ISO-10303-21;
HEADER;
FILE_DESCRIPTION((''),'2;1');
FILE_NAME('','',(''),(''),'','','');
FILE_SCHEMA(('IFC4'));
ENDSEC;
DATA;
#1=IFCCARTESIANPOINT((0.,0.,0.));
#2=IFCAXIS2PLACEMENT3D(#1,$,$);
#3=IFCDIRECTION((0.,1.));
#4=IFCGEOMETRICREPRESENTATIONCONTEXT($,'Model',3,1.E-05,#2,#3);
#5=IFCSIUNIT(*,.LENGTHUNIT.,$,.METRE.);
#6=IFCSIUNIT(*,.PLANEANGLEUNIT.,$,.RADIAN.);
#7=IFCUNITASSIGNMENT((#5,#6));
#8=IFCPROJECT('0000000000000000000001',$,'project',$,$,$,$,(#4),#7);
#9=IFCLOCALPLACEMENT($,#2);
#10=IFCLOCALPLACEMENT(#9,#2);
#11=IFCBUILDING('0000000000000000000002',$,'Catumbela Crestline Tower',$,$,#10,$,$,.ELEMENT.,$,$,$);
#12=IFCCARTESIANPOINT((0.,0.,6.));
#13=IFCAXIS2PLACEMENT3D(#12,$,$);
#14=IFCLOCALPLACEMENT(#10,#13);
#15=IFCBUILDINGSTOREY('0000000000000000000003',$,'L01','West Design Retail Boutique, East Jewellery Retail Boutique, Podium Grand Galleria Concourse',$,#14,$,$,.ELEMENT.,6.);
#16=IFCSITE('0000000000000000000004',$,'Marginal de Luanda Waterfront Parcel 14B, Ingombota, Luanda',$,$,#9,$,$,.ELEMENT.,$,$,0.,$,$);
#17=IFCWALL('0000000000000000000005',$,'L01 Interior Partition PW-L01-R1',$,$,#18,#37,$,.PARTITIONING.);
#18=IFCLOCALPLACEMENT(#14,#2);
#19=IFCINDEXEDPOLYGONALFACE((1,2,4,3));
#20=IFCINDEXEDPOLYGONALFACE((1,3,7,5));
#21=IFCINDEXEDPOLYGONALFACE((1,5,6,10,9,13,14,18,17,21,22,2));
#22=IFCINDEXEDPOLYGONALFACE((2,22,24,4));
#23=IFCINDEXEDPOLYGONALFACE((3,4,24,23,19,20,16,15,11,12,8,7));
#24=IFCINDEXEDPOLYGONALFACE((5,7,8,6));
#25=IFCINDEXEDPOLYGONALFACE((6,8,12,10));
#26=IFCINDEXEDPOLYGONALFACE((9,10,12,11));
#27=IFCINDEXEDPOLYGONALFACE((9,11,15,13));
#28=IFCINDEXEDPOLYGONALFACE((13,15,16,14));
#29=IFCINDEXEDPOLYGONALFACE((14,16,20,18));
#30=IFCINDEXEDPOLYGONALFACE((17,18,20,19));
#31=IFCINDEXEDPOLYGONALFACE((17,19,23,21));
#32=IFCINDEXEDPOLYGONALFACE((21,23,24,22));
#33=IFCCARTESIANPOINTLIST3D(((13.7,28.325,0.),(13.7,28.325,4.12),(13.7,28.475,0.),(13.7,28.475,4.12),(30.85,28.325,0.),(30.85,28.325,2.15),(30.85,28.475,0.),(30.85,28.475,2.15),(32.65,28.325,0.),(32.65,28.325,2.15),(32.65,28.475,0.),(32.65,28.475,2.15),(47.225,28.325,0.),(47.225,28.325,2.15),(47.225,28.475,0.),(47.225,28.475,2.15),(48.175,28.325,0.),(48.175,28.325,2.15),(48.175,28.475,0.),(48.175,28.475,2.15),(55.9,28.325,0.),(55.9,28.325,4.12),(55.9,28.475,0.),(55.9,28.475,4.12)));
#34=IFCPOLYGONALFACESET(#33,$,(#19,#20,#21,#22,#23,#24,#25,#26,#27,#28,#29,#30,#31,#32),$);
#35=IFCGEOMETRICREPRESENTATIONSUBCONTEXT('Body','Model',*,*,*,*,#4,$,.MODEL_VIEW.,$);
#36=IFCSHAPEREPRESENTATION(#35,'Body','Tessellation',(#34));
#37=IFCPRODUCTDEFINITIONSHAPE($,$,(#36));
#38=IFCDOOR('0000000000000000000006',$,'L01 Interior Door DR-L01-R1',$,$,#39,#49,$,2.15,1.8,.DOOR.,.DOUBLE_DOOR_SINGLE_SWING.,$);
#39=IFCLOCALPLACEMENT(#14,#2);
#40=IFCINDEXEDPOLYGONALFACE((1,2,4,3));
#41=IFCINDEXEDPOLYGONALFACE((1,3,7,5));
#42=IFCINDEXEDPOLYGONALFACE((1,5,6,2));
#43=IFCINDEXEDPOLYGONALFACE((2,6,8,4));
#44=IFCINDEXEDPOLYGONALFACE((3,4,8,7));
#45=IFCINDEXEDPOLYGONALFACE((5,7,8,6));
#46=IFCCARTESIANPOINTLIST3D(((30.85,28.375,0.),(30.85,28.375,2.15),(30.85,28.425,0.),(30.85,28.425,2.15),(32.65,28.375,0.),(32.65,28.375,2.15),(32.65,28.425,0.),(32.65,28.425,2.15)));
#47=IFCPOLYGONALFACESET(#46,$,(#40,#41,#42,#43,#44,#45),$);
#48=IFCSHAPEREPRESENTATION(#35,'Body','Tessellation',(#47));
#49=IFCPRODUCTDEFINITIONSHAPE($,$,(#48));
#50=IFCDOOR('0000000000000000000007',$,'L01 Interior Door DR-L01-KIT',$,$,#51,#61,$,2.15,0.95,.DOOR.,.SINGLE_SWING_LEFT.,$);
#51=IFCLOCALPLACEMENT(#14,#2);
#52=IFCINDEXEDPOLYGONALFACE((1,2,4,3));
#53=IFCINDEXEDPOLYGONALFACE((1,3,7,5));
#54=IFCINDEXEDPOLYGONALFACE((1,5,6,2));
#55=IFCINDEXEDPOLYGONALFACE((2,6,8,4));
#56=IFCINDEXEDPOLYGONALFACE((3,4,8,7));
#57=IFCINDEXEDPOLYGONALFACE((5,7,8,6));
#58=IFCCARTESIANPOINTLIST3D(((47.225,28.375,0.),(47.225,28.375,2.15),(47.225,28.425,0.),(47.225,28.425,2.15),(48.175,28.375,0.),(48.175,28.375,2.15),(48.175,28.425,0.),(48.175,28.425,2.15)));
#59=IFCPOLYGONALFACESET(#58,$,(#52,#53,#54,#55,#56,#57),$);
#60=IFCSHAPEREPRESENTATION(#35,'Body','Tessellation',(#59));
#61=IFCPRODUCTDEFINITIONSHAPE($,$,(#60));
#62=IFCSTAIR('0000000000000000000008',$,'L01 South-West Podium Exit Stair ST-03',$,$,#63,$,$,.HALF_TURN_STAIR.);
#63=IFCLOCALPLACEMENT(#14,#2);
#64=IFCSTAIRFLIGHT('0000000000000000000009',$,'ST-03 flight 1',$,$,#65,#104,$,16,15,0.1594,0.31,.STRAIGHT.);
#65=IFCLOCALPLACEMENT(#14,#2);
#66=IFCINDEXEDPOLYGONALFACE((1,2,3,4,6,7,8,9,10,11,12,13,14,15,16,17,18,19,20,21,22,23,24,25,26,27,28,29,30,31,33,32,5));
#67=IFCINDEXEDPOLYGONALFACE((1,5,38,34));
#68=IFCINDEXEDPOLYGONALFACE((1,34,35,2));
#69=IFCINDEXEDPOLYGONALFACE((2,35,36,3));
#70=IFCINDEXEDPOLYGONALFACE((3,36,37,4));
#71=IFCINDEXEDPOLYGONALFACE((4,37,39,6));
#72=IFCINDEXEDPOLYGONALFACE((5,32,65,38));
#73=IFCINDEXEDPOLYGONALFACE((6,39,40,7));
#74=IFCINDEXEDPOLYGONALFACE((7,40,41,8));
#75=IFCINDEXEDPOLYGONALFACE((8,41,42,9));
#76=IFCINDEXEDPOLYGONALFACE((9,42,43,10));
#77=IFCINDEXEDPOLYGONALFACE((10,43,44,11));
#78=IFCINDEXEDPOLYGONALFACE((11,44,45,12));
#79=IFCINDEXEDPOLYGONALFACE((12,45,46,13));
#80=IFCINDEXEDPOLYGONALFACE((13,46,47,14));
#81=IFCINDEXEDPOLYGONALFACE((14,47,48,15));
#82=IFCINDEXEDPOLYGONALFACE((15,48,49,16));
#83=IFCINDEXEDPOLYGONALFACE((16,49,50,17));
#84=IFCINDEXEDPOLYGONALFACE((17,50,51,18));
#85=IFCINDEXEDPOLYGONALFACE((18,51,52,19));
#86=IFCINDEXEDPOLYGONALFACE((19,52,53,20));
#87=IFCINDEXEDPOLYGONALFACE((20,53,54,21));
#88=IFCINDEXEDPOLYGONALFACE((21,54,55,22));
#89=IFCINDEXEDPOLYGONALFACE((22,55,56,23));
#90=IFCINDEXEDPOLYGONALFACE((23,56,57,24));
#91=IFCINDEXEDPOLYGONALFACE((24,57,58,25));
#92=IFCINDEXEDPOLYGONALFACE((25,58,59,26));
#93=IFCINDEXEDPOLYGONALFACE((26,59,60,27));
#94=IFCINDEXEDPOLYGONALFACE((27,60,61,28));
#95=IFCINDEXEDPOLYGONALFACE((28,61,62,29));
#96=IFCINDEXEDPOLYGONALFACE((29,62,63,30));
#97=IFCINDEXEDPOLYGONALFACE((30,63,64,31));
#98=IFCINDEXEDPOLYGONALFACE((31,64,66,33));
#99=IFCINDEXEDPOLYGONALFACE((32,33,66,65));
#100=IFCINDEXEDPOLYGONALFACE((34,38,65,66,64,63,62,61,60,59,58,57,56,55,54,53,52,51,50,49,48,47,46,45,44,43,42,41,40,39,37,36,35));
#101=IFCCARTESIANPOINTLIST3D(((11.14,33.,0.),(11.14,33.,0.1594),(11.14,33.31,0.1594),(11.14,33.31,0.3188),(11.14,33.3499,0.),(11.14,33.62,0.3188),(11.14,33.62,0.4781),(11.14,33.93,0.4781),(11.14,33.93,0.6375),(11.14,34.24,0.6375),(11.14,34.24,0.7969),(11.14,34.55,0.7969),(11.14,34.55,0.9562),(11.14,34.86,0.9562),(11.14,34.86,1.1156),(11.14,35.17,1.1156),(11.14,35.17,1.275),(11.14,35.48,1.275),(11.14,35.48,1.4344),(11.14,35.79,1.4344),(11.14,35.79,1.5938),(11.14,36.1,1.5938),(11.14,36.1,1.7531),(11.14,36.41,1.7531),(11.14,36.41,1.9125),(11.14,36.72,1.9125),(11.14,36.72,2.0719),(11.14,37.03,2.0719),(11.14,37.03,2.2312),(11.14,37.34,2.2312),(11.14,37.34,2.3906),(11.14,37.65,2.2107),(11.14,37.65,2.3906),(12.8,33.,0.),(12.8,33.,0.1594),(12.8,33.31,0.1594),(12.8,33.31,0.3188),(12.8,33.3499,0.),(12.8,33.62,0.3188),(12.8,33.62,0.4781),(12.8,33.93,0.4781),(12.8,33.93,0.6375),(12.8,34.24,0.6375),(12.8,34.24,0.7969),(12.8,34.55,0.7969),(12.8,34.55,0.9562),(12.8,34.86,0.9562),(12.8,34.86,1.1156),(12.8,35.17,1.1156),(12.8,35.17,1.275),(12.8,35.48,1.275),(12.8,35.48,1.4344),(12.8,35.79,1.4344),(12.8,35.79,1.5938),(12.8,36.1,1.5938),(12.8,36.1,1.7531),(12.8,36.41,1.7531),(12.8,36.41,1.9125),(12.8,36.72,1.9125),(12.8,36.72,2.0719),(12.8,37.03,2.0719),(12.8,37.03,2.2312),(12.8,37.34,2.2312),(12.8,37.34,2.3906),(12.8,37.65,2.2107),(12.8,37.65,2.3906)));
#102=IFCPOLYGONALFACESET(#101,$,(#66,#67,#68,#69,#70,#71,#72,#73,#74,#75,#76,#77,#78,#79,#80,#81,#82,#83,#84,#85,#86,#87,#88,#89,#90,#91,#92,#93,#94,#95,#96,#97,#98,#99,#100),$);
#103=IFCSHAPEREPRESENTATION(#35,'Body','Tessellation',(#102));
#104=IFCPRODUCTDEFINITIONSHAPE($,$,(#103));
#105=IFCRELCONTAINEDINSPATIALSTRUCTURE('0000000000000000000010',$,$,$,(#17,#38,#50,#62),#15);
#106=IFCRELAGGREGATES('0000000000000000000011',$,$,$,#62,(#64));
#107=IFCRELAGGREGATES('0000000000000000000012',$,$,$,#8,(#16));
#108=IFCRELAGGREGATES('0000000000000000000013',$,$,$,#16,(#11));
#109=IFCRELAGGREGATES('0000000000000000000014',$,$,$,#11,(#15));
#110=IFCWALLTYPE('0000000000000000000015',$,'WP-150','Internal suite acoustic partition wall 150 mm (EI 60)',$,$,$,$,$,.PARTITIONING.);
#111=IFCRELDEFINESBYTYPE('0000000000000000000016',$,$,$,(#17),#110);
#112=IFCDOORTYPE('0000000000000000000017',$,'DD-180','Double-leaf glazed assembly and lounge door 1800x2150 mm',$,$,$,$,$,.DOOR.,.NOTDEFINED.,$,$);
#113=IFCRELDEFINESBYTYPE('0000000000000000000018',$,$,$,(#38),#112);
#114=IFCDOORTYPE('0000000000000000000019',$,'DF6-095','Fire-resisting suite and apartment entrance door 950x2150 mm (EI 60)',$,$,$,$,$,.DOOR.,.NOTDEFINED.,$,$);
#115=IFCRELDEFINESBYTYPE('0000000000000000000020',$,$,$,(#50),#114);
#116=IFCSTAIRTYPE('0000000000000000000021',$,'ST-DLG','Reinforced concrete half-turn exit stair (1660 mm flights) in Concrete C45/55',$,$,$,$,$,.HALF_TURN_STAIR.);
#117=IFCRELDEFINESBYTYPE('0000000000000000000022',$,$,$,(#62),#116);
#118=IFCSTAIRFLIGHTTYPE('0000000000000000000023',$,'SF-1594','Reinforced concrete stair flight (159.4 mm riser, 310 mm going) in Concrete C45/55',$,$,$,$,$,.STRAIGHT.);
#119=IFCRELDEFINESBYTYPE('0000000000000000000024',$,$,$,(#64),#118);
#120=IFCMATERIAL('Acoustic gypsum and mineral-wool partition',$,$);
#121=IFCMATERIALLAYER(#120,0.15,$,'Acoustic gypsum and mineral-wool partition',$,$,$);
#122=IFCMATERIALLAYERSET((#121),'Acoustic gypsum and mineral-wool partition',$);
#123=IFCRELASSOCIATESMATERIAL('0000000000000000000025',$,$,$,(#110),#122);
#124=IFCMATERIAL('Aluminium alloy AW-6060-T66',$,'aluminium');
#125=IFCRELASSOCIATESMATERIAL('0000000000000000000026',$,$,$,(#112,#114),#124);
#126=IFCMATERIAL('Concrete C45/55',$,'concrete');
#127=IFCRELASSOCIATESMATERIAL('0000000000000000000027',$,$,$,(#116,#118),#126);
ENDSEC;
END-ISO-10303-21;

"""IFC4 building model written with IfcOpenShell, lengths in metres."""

from ifc_helpers import new_model, si_unit, direction, frame, frame_2d, origin, place, context, subcontext, project, spatial, polyline, rectangle, outline, extrude, material, layer, layer_set, type_object, element, fill, aggregate, save


model = new_model("IFC4")

# Units and contexts
model_context = context("Model", 3, precision=1e-05, world=origin(), true_north=direction((0.0, 1.0)))
body_context = subcontext(model_context, "Body", "Model", "MODEL_VIEW")
ifc_project = project(units=[si_unit("LENGTHUNIT", "METRE"), si_unit("PLANEANGLEUNIT", "RADIAN")], contexts=[model_context])

# Site, building, storey
site_placement = place(None, origin())
site = spatial("IfcSite", under=ifc_project, at=site_placement, Name="Marginal de Luanda Waterfront Parcel 14B, Ingombota, Luanda", CompositionType="ELEMENT", RefElevation=0.0)
building_placement = place(site_placement, origin())
building = spatial("IfcBuilding", under=site, at=building_placement, Name="Catumbela Crestline Tower", CompositionType="ELEMENT")
storey_placement = place(building_placement, frame((0.0, 0.0, 6.0)))
storey = spatial("IfcBuildingStorey", under=building, at=storey_placement, Name="L01", Description="West Design Retail Boutique, East Jewellery Retail Boutique, Podium Grand Galleria Concourse", CompositionType="ELEMENT", Elevation=6.0)

# Wall, openings, doors
ifc_material_1 = material(Name="Acoustic gypsum and mineral-wool partition")
ifc_layer_1 = layer(ifc_material_1, 0.15, Name="Acoustic gypsum and mineral-wool partition")
ifc_layer_set_1 = layer_set([ifc_layer_1], Name="Acoustic gypsum and mineral-wool partition")
wall_type_1 = type_object("IfcWallType", Name="WP-150", Description="Internal suite acoustic partition wall 150 mm (EI 60)", PredefinedType="PARTITIONING", material=ifc_layer_set_1)
wall_1_placement = place(storey_placement, frame((13.7, 28.4, 0.0), z_axis=(0.0, 0.0, 1.0), x_axis=(1.0, 0.0, 0.0)))
wall_1 = element("IfcWall", 1, at=wall_1_placement, inside=storey, type_object=wall_type_1, Name="L01 Interior Partition PW-L01-R1", PredefinedType="PARTITIONING", context=body_context, shape_type="SweptSolid", body=[
    extrude(rectangle(XDim=42.2, YDim=0.15, at=frame_2d((21.1, 0.0))), origin(), (0.0, 0.0, 1.0), 4.12),
])
opening_1_placement = place(wall_1_placement, frame((17.15, 0.0, 0.0)))
opening_1 = element("IfcOpeningElement", 2, at=opening_1_placement, cuts=wall_1, PredefinedType="OPENING", context=body_context, shape_type="SweptSolid", body=[
    extrude(rectangle(XDim=1.8, YDim=2.15, at=frame_2d((0.9, 1.075))), frame((0.0, 0.085, 0.0), z_axis=(0.0, -1.0, 0.0), x_axis=(1.0, 0.0, 0.0)), (0.0, 0.0, 1.0), 0.17),
])
opening_2_placement = place(wall_1_placement, frame((33.525, 0.0, 0.0)))
opening_2 = element("IfcOpeningElement", 3, at=opening_2_placement, cuts=wall_1, PredefinedType="OPENING", context=body_context, shape_type="SweptSolid", body=[
    extrude(rectangle(XDim=0.95, YDim=2.15, at=frame_2d((0.475, 1.075))), frame((0.0, 0.085, 0.0), z_axis=(0.0, -1.0, 0.0), x_axis=(1.0, 0.0, 0.0)), (0.0, 0.0, 1.0), 0.17),
])
ifc_material_2 = material(Name="Aluminium alloy AW-6060-T66", Category="aluminium")
door_type_1 = type_object("IfcDoorType", Name="DD-180", Description="Double-leaf glazed assembly and lounge door 1800x2150 mm", OperationType="NOTDEFINED", PredefinedType="DOOR", material=ifc_material_2)
door_1_placement = place(opening_1_placement, origin())
door_1 = element("IfcDoor", 4, at=door_1_placement, inside=storey, type_object=door_type_1, Name="L01 Interior Door DR-L01-R1", OperationType="DOUBLE_DOOR_SINGLE_SWING", OverallHeight=2.15, OverallWidth=1.8, PredefinedType="DOOR", context=body_context, shape_type="SweptSolid", body=[
    extrude(rectangle(XDim=1.8, YDim=2.15, at=frame_2d((0.9, 1.075))), frame((0.0, 0.025, 0.0), z_axis=(0.0, -1.0, 0.0), x_axis=(1.0, 0.0, 0.0)), (0.0, 0.0, 1.0), 0.05),
])
fill(opening_1, door_1)
door_type_2 = type_object("IfcDoorType", Name="DF6-095", Description="Fire-resisting suite and apartment entrance door 950x2150 mm (EI 60)", OperationType="NOTDEFINED", PredefinedType="DOOR", material=ifc_material_2)
door_2_placement = place(opening_2_placement, origin())
door_2 = element("IfcDoor", 5, at=door_2_placement, inside=storey, type_object=door_type_2, Name="L01 Interior Door DR-L01-KIT", OperationType="SINGLE_SWING_LEFT", OverallHeight=2.15, OverallWidth=0.95, PredefinedType="DOOR", context=body_context, shape_type="SweptSolid", body=[
    extrude(rectangle(XDim=0.95, YDim=2.15, at=frame_2d((0.475, 1.075))), frame((0.0, 0.025, 0.0), z_axis=(0.0, -1.0, 0.0), x_axis=(1.0, 0.0, 0.0)), (0.0, 0.0, 1.0), 0.05),
])
fill(opening_2, door_2)

# Stair, stair flight
ifc_material_3 = material(Name="Concrete C45/55", Category="concrete")
stair_type = type_object("IfcStairType", Name="ST-DLG", Description="Reinforced concrete half-turn exit stair (1660 mm flights) in Concrete C45/55", PredefinedType="HALF_TURN_STAIR", material=ifc_material_3)
stair_placement = place(storey_placement, origin())
stair = element("IfcStair", 6, at=stair_placement, inside=storey, type_object=stair_type, Name="L01 South-West Podium Exit Stair ST-03", PredefinedType="HALF_TURN_STAIR")
stair_flight_type = type_object("IfcStairFlightType", Name="SF-1594", Description="Reinforced concrete stair flight (159.4 mm riser, 310 mm going) in Concrete C45/55", PredefinedType="STRAIGHT", material=ifc_material_3)
stair_flight_placement = place(storey_placement, frame((11.97, 33.0, 0.0), z_axis=(0.0, 0.0, 1.0), x_axis=(0.0, 1.0, 0.0)))
stair_flight = element("IfcStairFlight", 7, at=stair_flight_placement, type_object=stair_flight_type, Name="ST-03 flight 1", NumberOfRisers=16, NumberOfTreads=15, PredefinedType="STRAIGHT", RiserHeight=0.1594, TreadLength=0.31, context=body_context, shape_type="SweptSolid", body=[
    extrude(outline(polyline([(0.0, 0.0), (0.0, 0.1594), (0.31, 0.1594), (0.31, 0.3188), (0.62, 0.3188), (0.62, 0.4781), (0.93, 0.4781), (0.93, 0.6375), (1.24, 0.6375), (1.24, 0.7969), (1.55, 0.7969), (1.55, 0.9562), (1.86, 0.9562), (1.86, 1.1156), (2.17, 1.1156), (2.17, 1.275), (2.48, 1.275), (2.48, 1.4344), (2.79, 1.4344), (2.79, 1.5938), (3.1, 1.5938), (3.1, 1.7531), (3.41, 1.7531), (3.41, 1.9125), (3.72, 1.9125), (3.72, 2.0719), (4.03, 2.0719), (4.03, 2.2312), (4.34, 2.2312), (4.34, 2.3906), (4.65, 2.3906), (4.65, 2.55), (4.65, 2.2107), (0.3499, 0.0), (0.0, 0.0)])), frame((0.0, 0.83, 0.0), z_axis=(0.0, -1.0, 0.0), x_axis=(1.0, 0.0, 0.0)), (0.0, 0.0, 1.0), 1.66),
])
aggregate(stair, [stair_flight])

save(model, "model.ifc")
